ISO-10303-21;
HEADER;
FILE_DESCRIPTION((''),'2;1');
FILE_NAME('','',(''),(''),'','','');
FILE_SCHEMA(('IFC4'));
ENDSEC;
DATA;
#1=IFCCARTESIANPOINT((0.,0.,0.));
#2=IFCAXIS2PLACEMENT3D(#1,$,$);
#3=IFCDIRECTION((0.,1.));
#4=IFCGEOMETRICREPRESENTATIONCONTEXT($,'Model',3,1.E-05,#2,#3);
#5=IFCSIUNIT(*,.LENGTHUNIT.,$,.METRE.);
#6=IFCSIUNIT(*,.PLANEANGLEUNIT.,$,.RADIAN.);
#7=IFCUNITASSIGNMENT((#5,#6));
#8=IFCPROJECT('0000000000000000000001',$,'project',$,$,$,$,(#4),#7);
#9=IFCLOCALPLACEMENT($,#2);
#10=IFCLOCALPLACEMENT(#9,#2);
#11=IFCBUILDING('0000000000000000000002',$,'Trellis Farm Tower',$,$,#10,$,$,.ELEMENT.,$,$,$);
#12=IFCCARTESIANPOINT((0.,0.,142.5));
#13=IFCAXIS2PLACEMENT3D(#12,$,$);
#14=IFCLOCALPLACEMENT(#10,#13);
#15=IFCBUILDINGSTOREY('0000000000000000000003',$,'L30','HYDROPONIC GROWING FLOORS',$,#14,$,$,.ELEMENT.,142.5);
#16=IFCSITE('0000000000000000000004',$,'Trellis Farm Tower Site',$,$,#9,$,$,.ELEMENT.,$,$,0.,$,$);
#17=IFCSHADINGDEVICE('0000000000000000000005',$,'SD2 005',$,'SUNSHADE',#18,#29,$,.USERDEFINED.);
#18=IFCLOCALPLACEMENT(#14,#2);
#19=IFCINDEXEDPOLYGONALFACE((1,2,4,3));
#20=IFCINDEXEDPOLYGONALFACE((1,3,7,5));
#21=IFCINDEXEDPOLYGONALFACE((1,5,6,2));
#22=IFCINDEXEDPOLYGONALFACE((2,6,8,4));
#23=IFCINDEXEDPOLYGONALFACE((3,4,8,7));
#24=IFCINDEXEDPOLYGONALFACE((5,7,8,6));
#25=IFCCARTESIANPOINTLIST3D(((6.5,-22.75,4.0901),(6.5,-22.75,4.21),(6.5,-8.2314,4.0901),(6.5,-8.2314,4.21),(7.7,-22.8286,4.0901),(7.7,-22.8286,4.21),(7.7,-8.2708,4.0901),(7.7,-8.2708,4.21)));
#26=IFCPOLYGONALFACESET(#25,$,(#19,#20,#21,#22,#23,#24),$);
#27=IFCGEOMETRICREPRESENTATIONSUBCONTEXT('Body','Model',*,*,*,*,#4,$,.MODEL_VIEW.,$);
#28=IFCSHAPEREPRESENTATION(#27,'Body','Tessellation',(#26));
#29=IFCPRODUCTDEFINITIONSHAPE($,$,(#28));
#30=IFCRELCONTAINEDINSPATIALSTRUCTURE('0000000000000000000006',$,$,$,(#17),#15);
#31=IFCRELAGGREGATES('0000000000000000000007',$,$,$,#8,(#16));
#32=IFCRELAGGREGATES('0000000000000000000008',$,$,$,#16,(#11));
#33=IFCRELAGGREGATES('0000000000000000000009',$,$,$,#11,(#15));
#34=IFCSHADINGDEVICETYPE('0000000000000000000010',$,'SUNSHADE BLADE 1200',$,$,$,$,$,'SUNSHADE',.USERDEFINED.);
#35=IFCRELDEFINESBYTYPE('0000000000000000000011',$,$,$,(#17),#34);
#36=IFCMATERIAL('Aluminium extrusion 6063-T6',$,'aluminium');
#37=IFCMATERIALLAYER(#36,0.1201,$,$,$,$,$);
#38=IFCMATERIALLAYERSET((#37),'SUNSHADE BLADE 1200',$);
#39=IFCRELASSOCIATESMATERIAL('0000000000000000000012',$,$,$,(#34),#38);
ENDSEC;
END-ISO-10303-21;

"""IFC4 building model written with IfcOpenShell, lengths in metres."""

from ifc_helpers import new_model, si_unit, direction, frame, origin, place, context, subcontext, project, spatial, polyline, outline, extrude, source, transform, mapped, material, layer, layer_set, type_object, element, save


model = new_model("IFC4")

# Units and contexts
model_context = context("Model", 3, precision=1e-05, world=origin(), true_north=direction((0.0, 1.0)))
body_context = subcontext(model_context, "Body", "Model", "MODEL_VIEW")
ifc_project = project(units=[si_unit("LENGTHUNIT", "METRE"), si_unit("PLANEANGLEUNIT", "RADIAN")], contexts=[model_context])

# Site, building, storey
site_placement = place(None, origin())
site = spatial("IfcSite", under=ifc_project, at=site_placement, Name="Trellis Farm Tower Site", CompositionType="ELEMENT", RefElevation=0.0)
building_placement = place(site_placement, origin())
building = spatial("IfcBuilding", under=site, at=building_placement, Name="Trellis Farm Tower", CompositionType="ELEMENT")
storey_placement = place(building_placement, frame((0.0, 0.0, 142.5)))
storey = spatial("IfcBuildingStorey", under=building, at=storey_placement, Name="L30", Description="HYDROPONIC GROWING FLOORS", CompositionType="ELEMENT", Elevation=142.5)

# Shared definitions
ifc_material_1 = material(Name="Aluminium extrusion 6063-T6", Category="aluminium")

# Shading device
ifc_layer_1 = layer(ifc_material_1, 0.1201)
ifc_layer_set_1 = layer_set([ifc_layer_1], Name="SUNSHADE BLADE 1200")
shading_device_type = type_object("IfcShadingDeviceType", Name="SUNSHADE BLADE 1200", ElementType="SUNSHADE", PredefinedType="USERDEFINED", material=ifc_layer_set_1)
placement_1 = place(storey_placement, frame((0.0, 0.0, 4.0901)))
shared_shape_1 = source(origin(), body_context, "Body", "SweptSolid", [
    extrude(outline(polyline([(7.7, -22.8286), (7.7, -8.2708), (6.5, -8.2314), (6.5, -22.75), (7.7, -22.8286)])), origin(), (0.0, 0.0, 1.0), 0.1199),
])
element("IfcShadingDevice", 1, at=placement_1, inside=storey, type_object=shading_device_type, Name="SD2 005", ObjectType="SUNSHADE", PredefinedType="USERDEFINED", context=body_context, shape_type="MappedRepresentation", body=[
    mapped(shared_shape_1, transform((0.0, 0.0, 0.0))),
])

save(model, "model.ifc")
